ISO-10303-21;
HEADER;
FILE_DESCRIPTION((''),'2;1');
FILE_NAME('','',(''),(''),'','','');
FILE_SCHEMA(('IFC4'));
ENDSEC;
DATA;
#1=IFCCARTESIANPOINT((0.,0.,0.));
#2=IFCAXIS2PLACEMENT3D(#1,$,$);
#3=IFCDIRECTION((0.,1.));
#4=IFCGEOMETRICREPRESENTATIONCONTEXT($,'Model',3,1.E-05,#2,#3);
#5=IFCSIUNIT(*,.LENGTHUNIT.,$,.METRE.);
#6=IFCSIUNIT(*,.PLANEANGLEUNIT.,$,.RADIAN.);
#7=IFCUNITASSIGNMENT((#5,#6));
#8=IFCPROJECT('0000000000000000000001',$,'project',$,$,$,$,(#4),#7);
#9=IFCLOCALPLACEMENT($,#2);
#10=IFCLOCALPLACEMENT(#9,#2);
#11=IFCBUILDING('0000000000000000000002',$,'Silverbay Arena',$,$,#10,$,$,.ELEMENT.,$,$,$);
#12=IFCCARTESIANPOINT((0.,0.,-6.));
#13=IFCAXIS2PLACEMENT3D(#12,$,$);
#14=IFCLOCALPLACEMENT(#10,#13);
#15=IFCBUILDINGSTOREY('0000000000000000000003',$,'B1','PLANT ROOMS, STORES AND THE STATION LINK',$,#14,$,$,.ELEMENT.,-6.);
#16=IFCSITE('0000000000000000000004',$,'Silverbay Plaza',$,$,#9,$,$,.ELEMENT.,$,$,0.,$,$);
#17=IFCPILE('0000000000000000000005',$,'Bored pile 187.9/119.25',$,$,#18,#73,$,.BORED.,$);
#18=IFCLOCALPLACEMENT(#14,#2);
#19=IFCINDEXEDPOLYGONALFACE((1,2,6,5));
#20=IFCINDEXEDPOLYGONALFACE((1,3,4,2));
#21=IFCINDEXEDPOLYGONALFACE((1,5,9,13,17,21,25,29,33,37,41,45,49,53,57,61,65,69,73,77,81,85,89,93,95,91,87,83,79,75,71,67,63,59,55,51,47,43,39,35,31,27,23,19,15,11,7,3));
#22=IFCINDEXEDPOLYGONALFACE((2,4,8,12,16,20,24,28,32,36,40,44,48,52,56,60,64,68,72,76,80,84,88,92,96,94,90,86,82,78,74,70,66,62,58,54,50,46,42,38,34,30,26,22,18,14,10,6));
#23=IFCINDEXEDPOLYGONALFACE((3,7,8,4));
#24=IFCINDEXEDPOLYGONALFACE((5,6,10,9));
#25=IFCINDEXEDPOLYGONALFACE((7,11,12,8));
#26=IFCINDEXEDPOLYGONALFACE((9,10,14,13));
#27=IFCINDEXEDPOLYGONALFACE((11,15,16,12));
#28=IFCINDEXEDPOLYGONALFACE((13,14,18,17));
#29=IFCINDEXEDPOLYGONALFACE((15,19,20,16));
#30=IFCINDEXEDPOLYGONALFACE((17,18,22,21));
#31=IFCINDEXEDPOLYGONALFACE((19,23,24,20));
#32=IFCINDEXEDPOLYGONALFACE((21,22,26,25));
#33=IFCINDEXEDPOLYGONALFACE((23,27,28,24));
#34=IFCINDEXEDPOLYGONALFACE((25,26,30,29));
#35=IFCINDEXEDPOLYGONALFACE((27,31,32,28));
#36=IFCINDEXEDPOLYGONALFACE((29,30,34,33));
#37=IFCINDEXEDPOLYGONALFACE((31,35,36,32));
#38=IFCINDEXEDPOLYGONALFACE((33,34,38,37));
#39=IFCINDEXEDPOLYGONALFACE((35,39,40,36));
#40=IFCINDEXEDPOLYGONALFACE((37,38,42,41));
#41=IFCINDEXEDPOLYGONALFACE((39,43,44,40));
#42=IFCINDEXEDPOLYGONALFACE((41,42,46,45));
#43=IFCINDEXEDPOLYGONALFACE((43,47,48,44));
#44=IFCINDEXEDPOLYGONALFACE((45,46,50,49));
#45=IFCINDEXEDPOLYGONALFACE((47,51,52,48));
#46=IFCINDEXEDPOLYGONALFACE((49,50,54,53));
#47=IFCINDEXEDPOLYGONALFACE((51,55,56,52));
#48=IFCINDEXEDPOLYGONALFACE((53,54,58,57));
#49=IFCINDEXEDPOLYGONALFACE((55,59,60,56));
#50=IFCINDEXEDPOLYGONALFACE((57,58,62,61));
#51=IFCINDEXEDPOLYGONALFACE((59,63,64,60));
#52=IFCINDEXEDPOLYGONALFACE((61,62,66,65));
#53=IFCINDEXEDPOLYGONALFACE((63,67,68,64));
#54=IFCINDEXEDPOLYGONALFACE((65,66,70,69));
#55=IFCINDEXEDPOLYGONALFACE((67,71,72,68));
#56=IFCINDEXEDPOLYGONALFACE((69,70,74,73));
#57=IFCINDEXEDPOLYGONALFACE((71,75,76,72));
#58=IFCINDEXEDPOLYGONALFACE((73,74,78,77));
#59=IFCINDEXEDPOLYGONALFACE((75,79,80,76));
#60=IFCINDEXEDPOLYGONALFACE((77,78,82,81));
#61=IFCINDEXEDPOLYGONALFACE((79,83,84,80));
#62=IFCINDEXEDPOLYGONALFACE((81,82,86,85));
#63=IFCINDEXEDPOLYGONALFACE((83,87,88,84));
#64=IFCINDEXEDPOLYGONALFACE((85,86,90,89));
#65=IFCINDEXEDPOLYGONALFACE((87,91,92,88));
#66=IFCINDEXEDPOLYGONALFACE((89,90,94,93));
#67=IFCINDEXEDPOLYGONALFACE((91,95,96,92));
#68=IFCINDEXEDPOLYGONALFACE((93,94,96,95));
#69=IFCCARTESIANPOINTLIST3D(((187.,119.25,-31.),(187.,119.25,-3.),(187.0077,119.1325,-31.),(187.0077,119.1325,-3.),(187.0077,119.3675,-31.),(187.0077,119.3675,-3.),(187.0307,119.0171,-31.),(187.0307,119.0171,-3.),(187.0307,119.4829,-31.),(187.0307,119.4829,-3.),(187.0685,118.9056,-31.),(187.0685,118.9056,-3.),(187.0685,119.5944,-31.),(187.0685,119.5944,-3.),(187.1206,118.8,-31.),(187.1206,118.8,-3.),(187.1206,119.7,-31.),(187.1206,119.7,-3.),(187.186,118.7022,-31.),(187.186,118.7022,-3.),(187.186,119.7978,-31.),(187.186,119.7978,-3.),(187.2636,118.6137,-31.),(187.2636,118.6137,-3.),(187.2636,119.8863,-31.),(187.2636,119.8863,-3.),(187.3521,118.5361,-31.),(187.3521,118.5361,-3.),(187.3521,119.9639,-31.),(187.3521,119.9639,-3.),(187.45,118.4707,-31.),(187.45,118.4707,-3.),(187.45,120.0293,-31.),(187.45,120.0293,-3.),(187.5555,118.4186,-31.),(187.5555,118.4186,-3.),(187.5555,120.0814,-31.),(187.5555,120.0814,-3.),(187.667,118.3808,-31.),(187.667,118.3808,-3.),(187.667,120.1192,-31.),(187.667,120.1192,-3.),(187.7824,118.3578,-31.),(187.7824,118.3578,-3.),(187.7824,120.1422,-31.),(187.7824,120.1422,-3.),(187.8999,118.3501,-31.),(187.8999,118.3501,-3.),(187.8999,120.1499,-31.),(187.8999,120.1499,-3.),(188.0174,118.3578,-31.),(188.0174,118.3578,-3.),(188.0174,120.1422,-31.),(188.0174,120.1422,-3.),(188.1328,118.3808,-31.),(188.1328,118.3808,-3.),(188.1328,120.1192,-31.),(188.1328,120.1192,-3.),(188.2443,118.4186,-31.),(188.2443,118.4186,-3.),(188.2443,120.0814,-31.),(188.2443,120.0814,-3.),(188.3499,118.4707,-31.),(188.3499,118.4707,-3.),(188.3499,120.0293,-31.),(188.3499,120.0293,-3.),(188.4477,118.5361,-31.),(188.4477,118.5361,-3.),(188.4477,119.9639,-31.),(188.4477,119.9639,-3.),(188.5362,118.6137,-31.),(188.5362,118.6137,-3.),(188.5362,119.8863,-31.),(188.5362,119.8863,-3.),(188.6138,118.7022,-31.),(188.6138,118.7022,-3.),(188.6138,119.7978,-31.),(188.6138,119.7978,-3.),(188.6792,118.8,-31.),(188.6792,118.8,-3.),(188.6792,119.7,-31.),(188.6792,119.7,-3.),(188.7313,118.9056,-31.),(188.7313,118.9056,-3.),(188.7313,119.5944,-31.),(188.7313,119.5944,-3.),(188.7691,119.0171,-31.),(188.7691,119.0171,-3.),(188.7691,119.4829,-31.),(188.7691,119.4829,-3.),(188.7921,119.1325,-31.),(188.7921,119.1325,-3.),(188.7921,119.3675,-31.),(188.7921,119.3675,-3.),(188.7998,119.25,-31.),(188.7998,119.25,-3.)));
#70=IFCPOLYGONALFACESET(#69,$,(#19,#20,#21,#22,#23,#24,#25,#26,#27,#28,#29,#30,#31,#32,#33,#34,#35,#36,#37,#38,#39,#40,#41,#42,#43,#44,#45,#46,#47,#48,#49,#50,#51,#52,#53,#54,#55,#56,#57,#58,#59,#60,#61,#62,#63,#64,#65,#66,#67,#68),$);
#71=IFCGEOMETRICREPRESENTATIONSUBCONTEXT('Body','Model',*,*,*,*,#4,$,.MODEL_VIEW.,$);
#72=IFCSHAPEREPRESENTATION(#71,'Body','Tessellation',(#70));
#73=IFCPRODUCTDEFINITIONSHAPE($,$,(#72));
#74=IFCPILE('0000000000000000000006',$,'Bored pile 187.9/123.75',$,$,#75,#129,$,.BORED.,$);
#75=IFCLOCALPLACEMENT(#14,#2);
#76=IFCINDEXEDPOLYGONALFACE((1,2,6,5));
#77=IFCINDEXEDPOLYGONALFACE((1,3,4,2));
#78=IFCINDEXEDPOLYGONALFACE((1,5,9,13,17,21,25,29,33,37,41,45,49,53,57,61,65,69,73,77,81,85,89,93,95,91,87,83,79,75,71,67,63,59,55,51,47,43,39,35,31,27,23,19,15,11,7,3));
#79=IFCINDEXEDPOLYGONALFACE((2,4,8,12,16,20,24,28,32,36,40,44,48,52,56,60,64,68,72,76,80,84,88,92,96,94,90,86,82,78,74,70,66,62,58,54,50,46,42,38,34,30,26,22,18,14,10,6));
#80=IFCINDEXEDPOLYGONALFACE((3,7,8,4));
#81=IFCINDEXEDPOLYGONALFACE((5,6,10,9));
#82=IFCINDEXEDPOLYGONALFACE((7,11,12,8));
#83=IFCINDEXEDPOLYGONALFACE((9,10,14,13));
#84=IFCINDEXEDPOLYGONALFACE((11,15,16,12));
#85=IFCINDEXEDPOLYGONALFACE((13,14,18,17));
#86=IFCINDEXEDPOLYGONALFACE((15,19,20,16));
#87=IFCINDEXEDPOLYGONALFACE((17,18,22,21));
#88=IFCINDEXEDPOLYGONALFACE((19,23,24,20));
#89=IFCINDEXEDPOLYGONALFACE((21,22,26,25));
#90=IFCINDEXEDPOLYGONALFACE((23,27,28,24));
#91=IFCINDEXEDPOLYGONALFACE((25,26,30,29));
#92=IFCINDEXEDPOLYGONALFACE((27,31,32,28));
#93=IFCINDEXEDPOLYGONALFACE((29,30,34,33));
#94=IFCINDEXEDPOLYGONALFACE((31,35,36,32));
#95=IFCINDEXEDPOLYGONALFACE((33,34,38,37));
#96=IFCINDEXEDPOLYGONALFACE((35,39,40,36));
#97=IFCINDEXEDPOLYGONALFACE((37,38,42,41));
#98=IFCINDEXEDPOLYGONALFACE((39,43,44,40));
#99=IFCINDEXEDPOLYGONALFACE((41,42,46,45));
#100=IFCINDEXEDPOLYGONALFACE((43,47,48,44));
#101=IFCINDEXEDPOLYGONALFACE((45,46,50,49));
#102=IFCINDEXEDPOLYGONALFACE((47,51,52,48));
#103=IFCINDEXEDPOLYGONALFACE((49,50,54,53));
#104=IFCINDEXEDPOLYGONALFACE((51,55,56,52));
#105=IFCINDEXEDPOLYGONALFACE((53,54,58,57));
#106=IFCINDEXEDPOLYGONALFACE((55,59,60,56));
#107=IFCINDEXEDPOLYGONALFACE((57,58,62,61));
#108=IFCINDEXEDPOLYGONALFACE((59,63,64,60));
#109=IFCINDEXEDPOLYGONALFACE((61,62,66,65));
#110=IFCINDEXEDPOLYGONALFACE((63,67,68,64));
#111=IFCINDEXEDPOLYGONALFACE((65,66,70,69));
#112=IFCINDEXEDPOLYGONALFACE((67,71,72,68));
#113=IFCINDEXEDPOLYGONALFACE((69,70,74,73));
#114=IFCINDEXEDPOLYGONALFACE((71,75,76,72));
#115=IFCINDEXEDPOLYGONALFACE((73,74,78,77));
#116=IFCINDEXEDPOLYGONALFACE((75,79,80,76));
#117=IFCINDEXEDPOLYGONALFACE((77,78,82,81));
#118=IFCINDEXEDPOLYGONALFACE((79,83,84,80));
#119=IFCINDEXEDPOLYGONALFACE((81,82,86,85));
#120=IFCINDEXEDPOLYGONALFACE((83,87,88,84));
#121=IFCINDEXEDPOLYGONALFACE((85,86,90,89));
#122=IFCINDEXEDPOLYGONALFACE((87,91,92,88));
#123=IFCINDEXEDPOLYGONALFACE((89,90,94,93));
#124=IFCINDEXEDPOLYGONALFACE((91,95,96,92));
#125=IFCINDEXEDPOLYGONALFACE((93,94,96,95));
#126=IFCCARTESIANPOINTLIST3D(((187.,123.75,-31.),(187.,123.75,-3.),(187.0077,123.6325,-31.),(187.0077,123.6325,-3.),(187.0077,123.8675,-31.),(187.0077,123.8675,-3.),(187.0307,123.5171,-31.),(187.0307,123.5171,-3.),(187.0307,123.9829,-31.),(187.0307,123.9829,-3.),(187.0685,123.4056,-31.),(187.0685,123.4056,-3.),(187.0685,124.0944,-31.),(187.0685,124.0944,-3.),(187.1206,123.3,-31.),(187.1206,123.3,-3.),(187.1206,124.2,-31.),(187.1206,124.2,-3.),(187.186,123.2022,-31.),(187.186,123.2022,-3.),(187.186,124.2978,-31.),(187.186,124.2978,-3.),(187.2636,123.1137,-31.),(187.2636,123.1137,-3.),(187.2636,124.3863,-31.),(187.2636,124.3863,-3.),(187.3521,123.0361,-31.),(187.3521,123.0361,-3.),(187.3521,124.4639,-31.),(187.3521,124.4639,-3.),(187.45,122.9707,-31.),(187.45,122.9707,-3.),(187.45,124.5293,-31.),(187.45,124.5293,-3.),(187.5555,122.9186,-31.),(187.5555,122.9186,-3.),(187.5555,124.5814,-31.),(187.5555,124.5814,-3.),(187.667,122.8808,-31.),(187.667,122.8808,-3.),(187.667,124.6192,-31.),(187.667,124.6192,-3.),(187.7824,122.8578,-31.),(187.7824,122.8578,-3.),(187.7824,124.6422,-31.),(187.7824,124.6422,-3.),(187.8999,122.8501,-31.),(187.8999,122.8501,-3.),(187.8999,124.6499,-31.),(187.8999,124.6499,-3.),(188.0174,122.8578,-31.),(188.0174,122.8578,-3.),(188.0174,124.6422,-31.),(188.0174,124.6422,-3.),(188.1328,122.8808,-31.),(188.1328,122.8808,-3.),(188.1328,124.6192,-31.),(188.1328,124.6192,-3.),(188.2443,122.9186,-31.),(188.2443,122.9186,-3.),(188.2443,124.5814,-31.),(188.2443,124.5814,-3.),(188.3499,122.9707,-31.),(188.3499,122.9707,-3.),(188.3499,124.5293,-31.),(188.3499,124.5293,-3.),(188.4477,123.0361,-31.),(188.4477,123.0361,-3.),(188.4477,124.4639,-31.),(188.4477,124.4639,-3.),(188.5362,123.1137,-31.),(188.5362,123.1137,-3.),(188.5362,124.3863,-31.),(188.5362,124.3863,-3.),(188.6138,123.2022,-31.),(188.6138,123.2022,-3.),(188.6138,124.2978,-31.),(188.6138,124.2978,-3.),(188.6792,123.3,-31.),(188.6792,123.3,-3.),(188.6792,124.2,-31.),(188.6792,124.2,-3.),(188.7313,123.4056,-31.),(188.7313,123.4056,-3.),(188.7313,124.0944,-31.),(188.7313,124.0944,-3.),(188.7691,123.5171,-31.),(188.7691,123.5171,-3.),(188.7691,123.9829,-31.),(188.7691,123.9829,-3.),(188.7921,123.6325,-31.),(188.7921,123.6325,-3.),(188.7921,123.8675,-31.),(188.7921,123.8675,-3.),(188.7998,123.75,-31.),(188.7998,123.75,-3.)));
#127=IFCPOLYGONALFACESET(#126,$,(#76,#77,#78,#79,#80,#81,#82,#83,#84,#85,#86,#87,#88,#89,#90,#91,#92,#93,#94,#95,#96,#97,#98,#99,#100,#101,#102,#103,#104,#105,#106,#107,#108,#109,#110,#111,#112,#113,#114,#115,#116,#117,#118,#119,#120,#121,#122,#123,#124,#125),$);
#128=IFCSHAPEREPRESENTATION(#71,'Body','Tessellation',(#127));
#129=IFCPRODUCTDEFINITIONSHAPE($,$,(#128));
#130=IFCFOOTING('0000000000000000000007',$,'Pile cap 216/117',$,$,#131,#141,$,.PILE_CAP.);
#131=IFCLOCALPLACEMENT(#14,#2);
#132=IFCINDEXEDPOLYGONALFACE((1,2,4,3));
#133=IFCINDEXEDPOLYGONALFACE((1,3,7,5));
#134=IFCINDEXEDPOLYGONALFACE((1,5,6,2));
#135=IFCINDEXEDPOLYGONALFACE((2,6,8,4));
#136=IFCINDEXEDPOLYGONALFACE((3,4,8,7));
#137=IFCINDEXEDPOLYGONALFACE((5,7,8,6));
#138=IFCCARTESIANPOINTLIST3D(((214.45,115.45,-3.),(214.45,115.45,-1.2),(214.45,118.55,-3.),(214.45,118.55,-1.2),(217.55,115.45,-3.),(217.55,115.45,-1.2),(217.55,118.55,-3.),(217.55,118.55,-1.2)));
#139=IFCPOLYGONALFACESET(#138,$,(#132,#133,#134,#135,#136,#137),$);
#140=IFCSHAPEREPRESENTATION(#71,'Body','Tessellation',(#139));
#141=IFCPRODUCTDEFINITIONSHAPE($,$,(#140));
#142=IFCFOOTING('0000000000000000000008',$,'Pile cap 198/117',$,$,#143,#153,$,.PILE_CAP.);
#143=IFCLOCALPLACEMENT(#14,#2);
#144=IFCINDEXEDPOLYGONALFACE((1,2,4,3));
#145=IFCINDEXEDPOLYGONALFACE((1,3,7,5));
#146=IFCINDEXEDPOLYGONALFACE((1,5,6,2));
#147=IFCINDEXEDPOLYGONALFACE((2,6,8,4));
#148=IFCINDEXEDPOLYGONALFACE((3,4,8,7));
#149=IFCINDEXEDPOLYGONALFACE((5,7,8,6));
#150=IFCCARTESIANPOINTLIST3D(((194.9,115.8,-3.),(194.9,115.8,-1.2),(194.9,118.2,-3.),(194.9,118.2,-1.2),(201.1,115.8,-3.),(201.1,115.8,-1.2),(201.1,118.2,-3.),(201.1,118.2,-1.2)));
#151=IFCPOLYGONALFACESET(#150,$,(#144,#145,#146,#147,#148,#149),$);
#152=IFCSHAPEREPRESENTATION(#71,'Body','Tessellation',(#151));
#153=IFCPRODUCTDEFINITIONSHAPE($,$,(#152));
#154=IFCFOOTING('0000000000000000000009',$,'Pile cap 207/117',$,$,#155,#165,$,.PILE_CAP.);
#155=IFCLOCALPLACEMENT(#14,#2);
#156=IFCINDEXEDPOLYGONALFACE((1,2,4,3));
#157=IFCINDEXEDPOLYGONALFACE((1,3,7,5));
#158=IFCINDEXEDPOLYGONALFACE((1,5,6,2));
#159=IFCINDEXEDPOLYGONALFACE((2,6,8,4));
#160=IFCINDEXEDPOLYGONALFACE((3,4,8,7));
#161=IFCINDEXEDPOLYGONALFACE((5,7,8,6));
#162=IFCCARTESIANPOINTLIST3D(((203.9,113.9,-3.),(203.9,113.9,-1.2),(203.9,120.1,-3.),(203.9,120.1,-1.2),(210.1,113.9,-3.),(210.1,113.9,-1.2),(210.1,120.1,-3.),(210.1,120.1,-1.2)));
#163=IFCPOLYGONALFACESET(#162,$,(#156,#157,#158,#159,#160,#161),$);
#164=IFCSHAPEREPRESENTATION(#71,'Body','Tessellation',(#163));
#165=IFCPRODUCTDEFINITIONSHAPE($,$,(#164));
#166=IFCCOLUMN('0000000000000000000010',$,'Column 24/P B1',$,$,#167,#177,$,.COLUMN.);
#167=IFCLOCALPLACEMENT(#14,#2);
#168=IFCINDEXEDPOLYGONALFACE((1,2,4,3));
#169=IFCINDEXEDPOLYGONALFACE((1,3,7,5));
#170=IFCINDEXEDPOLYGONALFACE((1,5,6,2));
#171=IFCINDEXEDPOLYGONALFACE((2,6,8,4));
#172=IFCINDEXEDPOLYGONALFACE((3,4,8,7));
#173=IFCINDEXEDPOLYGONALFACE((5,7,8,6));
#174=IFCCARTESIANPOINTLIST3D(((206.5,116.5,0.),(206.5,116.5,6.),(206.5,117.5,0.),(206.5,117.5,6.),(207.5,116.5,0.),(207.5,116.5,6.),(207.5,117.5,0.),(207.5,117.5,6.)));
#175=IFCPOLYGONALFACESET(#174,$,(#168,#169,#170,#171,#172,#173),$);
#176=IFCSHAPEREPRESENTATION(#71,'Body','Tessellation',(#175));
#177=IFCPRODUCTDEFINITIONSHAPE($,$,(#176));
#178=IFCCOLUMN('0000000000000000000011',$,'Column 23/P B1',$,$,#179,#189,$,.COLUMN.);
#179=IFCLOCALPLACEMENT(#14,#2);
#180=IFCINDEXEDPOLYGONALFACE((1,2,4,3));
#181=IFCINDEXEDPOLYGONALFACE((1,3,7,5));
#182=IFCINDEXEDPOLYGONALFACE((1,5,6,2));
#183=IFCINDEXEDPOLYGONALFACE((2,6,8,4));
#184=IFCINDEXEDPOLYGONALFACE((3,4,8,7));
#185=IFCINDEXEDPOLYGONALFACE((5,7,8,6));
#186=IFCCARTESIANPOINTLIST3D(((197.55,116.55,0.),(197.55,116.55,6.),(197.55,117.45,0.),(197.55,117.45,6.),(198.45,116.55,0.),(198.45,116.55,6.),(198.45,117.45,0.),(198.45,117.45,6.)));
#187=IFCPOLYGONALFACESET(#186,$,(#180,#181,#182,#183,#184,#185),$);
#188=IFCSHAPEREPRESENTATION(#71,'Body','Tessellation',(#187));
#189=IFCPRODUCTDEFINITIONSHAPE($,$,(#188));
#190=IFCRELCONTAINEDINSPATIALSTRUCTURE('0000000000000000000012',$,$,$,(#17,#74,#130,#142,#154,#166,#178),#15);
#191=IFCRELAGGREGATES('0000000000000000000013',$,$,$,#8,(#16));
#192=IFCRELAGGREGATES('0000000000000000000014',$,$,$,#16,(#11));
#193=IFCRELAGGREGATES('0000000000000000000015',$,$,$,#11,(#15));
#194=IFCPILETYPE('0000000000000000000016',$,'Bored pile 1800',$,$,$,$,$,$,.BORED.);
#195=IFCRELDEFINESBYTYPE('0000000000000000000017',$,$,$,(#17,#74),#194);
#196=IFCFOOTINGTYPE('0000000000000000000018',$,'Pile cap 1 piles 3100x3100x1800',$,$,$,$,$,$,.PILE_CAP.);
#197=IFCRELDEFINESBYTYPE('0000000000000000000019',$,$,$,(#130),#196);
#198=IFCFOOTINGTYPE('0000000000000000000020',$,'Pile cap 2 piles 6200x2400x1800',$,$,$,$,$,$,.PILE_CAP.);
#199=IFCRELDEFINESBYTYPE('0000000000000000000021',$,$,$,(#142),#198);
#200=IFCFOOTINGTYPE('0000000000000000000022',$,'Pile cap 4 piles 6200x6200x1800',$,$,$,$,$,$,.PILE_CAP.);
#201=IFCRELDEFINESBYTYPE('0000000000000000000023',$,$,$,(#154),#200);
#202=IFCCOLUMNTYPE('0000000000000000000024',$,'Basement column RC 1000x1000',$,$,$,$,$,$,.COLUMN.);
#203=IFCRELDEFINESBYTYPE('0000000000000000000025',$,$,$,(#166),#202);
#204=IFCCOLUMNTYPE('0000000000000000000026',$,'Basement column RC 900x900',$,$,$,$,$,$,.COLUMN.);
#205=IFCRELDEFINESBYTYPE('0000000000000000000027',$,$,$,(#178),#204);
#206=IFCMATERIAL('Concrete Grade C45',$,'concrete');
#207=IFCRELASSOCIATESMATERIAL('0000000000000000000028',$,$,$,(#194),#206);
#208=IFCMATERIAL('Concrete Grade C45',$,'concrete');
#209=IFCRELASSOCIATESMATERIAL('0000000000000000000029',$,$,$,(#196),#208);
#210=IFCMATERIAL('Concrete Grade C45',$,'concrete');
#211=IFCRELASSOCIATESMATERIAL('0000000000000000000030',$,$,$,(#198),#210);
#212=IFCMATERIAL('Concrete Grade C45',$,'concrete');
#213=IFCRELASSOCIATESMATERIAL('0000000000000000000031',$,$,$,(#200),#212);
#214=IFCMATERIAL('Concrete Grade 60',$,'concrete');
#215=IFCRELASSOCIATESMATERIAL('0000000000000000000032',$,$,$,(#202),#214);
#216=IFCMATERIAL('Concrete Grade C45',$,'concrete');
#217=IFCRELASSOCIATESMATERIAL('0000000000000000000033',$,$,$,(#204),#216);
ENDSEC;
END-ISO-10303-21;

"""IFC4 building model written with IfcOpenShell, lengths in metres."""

from ifc_helpers import new_model, si_unit, direction, frame, origin, origin_2d, place, context, subcontext, project, spatial, rectangle, circle, extrude, material, material_profile, profile_set, type_object, element, save


model = new_model("IFC4")

# Units and contexts
model_context = context("Model", 3, precision=1e-05, world=origin(), true_north=direction((0.0, 1.0)))
body_context = subcontext(model_context, "Body", "Model", "MODEL_VIEW")
ifc_project = project(units=[si_unit("LENGTHUNIT", "METRE"), si_unit("PLANEANGLEUNIT", "RADIAN")], contexts=[model_context])

# Site, building, storey
site_placement = place(None, origin())
site = spatial("IfcSite", under=ifc_project, at=site_placement, Name="Silverbay Plaza", CompositionType="ELEMENT", RefElevation=0.0)
building_placement = place(site_placement, origin())
building = spatial("IfcBuilding", under=site, at=building_placement, Name="Silverbay Arena", CompositionType="ELEMENT")
storey_placement = place(building_placement, frame((0.0, 0.0, -6.0)))
storey = spatial("IfcBuildingStorey", under=building, at=storey_placement, Name="B1", Description="PLANT ROOMS, STORES AND THE STATION LINK", CompositionType="ELEMENT", Elevation=-6.0)

# Piles
ifc_material_1 = material(Name="Concrete Grade C45", Category="concrete")
ifc_material_profile_1 = material_profile(ifc_material_1, circle(Radius=0.8999, at=origin_2d()), Name="Bored pile 1800")
ifc_profile_set_1 = profile_set([ifc_material_profile_1], Name="Concrete Grade C45")
pile_type_1 = type_object("IfcPileType", Name="Bored pile 1800", PredefinedType="BORED", material=ifc_profile_set_1)
for number, where, z_axis, x_axis, name in (
    (1, (187.8999, 119.25, -3.0), (0.0, 0.0, -1.0), (1.0, 0.0, 0.0), "Bored pile 187.9/119.25"),
    (2, (187.8999, 123.75, -3.0), (0.0, 0.0, -1.0), (1.0, 0.0, 0.0), "Bored pile 187.9/123.75"),
):
    element("IfcPile", number, at=place(storey_placement, frame(where, z_axis=z_axis, x_axis=x_axis)), inside=storey, type_object=pile_type_1, Name=name, PredefinedType="BORED", context=body_context, shape_type="SweptSolid", body=[
        extrude(circle(Radius=0.8999, at=origin_2d()), origin(), (0.0, 0.0, 1.0), 28.0),
    ])

# Footings
ifc_material_2 = material(Name="Concrete Grade C45", Category="concrete")
footing_type_1 = type_object("IfcFootingType", Name="Pile cap 1 piles 3100x3100x1800", PredefinedType="PILE_CAP", material=ifc_material_2)
footing_1_placement = place(storey_placement, frame((216.0, 117.0, -3.0), z_axis=(0.0, 0.0, 1.0), x_axis=(1.0, 0.0, 0.0)))
element("IfcFooting", 3, at=footing_1_placement, inside=storey, type_object=footing_type_1, Name="Pile cap 216/117", PredefinedType="PILE_CAP", context=body_context, shape_type="SweptSolid", body=[
    extrude(rectangle(XDim=3.1001, YDim=3.1001, at=origin_2d()), origin(), (0.0, 0.0, 1.0), 1.8),
])
ifc_material_3 = material(Name="Concrete Grade C45", Category="concrete")
footing_type_2 = type_object("IfcFootingType", Name="Pile cap 2 piles 6200x2400x1800", PredefinedType="PILE_CAP", material=ifc_material_3)
footing_2_placement = place(storey_placement, frame((198.0, 117.0, -3.0), z_axis=(0.0, 0.0, 1.0), x_axis=(1.0, 0.0, 0.0)))
element("IfcFooting", 4, at=footing_2_placement, inside=storey, type_object=footing_type_2, Name="Pile cap 198/117", PredefinedType="PILE_CAP", context=body_context, shape_type="SweptSolid", body=[
    extrude(rectangle(XDim=6.2, YDim=2.3999, at=origin_2d()), origin(), (0.0, 0.0, 1.0), 1.8),
])
ifc_material_4 = material(Name="Concrete Grade C45", Category="concrete")
footing_type_3 = type_object("IfcFootingType", Name="Pile cap 4 piles 6200x6200x1800", PredefinedType="PILE_CAP", material=ifc_material_4)
footing_3_placement = place(storey_placement, frame((207.0, 117.0, -3.0), z_axis=(0.0, 0.0, 1.0), x_axis=(1.0, 0.0, 0.0)))
element("IfcFooting", 5, at=footing_3_placement, inside=storey, type_object=footing_type_3, Name="Pile cap 207/117", PredefinedType="PILE_CAP", context=body_context, shape_type="SweptSolid", body=[
    extrude(rectangle(XDim=6.2, YDim=6.2, at=origin_2d()), origin(), (0.0, 0.0, 1.0), 1.8),
])

# Columns
ifc_material_5 = material(Name="Concrete Grade 60", Category="concrete")
ifc_material_profile_2 = material_profile(ifc_material_5, rectangle(XDim=1.0, YDim=1.0, at=origin_2d()), Name="RC 1000x1000")
ifc_profile_set_2 = profile_set([ifc_material_profile_2], Name="Concrete Grade 60")
column_type_1 = type_object("IfcColumnType", Name="Basement column RC 1000x1000", PredefinedType="COLUMN", material=ifc_profile_set_2)
column_placement = place(storey_placement, frame((207.0, 117.0, 0.0), z_axis=(0.0, 0.0, 1.0), x_axis=(1.0, 0.0, 0.0)))
element("IfcColumn", 6, at=column_placement, inside=storey, type_object=column_type_1, Name="Column 24/P B1", PredefinedType="COLUMN", context=body_context, shape_type="SweptSolid", body=[
    extrude(rectangle(XDim=1.0, YDim=1.0, at=origin_2d()), origin(), (0.0, 0.0, 1.0), 6.0),
])
ifc_material_6 = material(Name="Concrete Grade C45", Category="concrete")
ifc_material_profile_3 = material_profile(ifc_material_6, rectangle(XDim=0.8999, YDim=0.8999, at=origin_2d()), Name="RC 900x900")
ifc_profile_set_3 = profile_set([ifc_material_profile_3], Name="Concrete Grade C45")
column_type_2 = type_object("IfcColumnType", Name="Basement column RC 900x900", PredefinedType="COLUMN", material=ifc_profile_set_3)
for number, where, z_axis, x_axis, name in (
    (7, (198.0, 117.0, 0.0), (0.0, 0.0, 1.0), (1.0, 0.0, 0.0), "Column 23/P B1"),
):
    element("IfcColumn", number, at=place(storey_placement, frame(where, z_axis=z_axis, x_axis=x_axis)), inside=storey, type_object=column_type_2, Name=name, PredefinedType="COLUMN", context=body_context, shape_type="SweptSolid", body=[
        extrude(rectangle(XDim=0.8999, YDim=0.8999, at=origin_2d()), origin(), (0.0, 0.0, 1.0), 6.0),
    ])

save(model, "model.ifc")
